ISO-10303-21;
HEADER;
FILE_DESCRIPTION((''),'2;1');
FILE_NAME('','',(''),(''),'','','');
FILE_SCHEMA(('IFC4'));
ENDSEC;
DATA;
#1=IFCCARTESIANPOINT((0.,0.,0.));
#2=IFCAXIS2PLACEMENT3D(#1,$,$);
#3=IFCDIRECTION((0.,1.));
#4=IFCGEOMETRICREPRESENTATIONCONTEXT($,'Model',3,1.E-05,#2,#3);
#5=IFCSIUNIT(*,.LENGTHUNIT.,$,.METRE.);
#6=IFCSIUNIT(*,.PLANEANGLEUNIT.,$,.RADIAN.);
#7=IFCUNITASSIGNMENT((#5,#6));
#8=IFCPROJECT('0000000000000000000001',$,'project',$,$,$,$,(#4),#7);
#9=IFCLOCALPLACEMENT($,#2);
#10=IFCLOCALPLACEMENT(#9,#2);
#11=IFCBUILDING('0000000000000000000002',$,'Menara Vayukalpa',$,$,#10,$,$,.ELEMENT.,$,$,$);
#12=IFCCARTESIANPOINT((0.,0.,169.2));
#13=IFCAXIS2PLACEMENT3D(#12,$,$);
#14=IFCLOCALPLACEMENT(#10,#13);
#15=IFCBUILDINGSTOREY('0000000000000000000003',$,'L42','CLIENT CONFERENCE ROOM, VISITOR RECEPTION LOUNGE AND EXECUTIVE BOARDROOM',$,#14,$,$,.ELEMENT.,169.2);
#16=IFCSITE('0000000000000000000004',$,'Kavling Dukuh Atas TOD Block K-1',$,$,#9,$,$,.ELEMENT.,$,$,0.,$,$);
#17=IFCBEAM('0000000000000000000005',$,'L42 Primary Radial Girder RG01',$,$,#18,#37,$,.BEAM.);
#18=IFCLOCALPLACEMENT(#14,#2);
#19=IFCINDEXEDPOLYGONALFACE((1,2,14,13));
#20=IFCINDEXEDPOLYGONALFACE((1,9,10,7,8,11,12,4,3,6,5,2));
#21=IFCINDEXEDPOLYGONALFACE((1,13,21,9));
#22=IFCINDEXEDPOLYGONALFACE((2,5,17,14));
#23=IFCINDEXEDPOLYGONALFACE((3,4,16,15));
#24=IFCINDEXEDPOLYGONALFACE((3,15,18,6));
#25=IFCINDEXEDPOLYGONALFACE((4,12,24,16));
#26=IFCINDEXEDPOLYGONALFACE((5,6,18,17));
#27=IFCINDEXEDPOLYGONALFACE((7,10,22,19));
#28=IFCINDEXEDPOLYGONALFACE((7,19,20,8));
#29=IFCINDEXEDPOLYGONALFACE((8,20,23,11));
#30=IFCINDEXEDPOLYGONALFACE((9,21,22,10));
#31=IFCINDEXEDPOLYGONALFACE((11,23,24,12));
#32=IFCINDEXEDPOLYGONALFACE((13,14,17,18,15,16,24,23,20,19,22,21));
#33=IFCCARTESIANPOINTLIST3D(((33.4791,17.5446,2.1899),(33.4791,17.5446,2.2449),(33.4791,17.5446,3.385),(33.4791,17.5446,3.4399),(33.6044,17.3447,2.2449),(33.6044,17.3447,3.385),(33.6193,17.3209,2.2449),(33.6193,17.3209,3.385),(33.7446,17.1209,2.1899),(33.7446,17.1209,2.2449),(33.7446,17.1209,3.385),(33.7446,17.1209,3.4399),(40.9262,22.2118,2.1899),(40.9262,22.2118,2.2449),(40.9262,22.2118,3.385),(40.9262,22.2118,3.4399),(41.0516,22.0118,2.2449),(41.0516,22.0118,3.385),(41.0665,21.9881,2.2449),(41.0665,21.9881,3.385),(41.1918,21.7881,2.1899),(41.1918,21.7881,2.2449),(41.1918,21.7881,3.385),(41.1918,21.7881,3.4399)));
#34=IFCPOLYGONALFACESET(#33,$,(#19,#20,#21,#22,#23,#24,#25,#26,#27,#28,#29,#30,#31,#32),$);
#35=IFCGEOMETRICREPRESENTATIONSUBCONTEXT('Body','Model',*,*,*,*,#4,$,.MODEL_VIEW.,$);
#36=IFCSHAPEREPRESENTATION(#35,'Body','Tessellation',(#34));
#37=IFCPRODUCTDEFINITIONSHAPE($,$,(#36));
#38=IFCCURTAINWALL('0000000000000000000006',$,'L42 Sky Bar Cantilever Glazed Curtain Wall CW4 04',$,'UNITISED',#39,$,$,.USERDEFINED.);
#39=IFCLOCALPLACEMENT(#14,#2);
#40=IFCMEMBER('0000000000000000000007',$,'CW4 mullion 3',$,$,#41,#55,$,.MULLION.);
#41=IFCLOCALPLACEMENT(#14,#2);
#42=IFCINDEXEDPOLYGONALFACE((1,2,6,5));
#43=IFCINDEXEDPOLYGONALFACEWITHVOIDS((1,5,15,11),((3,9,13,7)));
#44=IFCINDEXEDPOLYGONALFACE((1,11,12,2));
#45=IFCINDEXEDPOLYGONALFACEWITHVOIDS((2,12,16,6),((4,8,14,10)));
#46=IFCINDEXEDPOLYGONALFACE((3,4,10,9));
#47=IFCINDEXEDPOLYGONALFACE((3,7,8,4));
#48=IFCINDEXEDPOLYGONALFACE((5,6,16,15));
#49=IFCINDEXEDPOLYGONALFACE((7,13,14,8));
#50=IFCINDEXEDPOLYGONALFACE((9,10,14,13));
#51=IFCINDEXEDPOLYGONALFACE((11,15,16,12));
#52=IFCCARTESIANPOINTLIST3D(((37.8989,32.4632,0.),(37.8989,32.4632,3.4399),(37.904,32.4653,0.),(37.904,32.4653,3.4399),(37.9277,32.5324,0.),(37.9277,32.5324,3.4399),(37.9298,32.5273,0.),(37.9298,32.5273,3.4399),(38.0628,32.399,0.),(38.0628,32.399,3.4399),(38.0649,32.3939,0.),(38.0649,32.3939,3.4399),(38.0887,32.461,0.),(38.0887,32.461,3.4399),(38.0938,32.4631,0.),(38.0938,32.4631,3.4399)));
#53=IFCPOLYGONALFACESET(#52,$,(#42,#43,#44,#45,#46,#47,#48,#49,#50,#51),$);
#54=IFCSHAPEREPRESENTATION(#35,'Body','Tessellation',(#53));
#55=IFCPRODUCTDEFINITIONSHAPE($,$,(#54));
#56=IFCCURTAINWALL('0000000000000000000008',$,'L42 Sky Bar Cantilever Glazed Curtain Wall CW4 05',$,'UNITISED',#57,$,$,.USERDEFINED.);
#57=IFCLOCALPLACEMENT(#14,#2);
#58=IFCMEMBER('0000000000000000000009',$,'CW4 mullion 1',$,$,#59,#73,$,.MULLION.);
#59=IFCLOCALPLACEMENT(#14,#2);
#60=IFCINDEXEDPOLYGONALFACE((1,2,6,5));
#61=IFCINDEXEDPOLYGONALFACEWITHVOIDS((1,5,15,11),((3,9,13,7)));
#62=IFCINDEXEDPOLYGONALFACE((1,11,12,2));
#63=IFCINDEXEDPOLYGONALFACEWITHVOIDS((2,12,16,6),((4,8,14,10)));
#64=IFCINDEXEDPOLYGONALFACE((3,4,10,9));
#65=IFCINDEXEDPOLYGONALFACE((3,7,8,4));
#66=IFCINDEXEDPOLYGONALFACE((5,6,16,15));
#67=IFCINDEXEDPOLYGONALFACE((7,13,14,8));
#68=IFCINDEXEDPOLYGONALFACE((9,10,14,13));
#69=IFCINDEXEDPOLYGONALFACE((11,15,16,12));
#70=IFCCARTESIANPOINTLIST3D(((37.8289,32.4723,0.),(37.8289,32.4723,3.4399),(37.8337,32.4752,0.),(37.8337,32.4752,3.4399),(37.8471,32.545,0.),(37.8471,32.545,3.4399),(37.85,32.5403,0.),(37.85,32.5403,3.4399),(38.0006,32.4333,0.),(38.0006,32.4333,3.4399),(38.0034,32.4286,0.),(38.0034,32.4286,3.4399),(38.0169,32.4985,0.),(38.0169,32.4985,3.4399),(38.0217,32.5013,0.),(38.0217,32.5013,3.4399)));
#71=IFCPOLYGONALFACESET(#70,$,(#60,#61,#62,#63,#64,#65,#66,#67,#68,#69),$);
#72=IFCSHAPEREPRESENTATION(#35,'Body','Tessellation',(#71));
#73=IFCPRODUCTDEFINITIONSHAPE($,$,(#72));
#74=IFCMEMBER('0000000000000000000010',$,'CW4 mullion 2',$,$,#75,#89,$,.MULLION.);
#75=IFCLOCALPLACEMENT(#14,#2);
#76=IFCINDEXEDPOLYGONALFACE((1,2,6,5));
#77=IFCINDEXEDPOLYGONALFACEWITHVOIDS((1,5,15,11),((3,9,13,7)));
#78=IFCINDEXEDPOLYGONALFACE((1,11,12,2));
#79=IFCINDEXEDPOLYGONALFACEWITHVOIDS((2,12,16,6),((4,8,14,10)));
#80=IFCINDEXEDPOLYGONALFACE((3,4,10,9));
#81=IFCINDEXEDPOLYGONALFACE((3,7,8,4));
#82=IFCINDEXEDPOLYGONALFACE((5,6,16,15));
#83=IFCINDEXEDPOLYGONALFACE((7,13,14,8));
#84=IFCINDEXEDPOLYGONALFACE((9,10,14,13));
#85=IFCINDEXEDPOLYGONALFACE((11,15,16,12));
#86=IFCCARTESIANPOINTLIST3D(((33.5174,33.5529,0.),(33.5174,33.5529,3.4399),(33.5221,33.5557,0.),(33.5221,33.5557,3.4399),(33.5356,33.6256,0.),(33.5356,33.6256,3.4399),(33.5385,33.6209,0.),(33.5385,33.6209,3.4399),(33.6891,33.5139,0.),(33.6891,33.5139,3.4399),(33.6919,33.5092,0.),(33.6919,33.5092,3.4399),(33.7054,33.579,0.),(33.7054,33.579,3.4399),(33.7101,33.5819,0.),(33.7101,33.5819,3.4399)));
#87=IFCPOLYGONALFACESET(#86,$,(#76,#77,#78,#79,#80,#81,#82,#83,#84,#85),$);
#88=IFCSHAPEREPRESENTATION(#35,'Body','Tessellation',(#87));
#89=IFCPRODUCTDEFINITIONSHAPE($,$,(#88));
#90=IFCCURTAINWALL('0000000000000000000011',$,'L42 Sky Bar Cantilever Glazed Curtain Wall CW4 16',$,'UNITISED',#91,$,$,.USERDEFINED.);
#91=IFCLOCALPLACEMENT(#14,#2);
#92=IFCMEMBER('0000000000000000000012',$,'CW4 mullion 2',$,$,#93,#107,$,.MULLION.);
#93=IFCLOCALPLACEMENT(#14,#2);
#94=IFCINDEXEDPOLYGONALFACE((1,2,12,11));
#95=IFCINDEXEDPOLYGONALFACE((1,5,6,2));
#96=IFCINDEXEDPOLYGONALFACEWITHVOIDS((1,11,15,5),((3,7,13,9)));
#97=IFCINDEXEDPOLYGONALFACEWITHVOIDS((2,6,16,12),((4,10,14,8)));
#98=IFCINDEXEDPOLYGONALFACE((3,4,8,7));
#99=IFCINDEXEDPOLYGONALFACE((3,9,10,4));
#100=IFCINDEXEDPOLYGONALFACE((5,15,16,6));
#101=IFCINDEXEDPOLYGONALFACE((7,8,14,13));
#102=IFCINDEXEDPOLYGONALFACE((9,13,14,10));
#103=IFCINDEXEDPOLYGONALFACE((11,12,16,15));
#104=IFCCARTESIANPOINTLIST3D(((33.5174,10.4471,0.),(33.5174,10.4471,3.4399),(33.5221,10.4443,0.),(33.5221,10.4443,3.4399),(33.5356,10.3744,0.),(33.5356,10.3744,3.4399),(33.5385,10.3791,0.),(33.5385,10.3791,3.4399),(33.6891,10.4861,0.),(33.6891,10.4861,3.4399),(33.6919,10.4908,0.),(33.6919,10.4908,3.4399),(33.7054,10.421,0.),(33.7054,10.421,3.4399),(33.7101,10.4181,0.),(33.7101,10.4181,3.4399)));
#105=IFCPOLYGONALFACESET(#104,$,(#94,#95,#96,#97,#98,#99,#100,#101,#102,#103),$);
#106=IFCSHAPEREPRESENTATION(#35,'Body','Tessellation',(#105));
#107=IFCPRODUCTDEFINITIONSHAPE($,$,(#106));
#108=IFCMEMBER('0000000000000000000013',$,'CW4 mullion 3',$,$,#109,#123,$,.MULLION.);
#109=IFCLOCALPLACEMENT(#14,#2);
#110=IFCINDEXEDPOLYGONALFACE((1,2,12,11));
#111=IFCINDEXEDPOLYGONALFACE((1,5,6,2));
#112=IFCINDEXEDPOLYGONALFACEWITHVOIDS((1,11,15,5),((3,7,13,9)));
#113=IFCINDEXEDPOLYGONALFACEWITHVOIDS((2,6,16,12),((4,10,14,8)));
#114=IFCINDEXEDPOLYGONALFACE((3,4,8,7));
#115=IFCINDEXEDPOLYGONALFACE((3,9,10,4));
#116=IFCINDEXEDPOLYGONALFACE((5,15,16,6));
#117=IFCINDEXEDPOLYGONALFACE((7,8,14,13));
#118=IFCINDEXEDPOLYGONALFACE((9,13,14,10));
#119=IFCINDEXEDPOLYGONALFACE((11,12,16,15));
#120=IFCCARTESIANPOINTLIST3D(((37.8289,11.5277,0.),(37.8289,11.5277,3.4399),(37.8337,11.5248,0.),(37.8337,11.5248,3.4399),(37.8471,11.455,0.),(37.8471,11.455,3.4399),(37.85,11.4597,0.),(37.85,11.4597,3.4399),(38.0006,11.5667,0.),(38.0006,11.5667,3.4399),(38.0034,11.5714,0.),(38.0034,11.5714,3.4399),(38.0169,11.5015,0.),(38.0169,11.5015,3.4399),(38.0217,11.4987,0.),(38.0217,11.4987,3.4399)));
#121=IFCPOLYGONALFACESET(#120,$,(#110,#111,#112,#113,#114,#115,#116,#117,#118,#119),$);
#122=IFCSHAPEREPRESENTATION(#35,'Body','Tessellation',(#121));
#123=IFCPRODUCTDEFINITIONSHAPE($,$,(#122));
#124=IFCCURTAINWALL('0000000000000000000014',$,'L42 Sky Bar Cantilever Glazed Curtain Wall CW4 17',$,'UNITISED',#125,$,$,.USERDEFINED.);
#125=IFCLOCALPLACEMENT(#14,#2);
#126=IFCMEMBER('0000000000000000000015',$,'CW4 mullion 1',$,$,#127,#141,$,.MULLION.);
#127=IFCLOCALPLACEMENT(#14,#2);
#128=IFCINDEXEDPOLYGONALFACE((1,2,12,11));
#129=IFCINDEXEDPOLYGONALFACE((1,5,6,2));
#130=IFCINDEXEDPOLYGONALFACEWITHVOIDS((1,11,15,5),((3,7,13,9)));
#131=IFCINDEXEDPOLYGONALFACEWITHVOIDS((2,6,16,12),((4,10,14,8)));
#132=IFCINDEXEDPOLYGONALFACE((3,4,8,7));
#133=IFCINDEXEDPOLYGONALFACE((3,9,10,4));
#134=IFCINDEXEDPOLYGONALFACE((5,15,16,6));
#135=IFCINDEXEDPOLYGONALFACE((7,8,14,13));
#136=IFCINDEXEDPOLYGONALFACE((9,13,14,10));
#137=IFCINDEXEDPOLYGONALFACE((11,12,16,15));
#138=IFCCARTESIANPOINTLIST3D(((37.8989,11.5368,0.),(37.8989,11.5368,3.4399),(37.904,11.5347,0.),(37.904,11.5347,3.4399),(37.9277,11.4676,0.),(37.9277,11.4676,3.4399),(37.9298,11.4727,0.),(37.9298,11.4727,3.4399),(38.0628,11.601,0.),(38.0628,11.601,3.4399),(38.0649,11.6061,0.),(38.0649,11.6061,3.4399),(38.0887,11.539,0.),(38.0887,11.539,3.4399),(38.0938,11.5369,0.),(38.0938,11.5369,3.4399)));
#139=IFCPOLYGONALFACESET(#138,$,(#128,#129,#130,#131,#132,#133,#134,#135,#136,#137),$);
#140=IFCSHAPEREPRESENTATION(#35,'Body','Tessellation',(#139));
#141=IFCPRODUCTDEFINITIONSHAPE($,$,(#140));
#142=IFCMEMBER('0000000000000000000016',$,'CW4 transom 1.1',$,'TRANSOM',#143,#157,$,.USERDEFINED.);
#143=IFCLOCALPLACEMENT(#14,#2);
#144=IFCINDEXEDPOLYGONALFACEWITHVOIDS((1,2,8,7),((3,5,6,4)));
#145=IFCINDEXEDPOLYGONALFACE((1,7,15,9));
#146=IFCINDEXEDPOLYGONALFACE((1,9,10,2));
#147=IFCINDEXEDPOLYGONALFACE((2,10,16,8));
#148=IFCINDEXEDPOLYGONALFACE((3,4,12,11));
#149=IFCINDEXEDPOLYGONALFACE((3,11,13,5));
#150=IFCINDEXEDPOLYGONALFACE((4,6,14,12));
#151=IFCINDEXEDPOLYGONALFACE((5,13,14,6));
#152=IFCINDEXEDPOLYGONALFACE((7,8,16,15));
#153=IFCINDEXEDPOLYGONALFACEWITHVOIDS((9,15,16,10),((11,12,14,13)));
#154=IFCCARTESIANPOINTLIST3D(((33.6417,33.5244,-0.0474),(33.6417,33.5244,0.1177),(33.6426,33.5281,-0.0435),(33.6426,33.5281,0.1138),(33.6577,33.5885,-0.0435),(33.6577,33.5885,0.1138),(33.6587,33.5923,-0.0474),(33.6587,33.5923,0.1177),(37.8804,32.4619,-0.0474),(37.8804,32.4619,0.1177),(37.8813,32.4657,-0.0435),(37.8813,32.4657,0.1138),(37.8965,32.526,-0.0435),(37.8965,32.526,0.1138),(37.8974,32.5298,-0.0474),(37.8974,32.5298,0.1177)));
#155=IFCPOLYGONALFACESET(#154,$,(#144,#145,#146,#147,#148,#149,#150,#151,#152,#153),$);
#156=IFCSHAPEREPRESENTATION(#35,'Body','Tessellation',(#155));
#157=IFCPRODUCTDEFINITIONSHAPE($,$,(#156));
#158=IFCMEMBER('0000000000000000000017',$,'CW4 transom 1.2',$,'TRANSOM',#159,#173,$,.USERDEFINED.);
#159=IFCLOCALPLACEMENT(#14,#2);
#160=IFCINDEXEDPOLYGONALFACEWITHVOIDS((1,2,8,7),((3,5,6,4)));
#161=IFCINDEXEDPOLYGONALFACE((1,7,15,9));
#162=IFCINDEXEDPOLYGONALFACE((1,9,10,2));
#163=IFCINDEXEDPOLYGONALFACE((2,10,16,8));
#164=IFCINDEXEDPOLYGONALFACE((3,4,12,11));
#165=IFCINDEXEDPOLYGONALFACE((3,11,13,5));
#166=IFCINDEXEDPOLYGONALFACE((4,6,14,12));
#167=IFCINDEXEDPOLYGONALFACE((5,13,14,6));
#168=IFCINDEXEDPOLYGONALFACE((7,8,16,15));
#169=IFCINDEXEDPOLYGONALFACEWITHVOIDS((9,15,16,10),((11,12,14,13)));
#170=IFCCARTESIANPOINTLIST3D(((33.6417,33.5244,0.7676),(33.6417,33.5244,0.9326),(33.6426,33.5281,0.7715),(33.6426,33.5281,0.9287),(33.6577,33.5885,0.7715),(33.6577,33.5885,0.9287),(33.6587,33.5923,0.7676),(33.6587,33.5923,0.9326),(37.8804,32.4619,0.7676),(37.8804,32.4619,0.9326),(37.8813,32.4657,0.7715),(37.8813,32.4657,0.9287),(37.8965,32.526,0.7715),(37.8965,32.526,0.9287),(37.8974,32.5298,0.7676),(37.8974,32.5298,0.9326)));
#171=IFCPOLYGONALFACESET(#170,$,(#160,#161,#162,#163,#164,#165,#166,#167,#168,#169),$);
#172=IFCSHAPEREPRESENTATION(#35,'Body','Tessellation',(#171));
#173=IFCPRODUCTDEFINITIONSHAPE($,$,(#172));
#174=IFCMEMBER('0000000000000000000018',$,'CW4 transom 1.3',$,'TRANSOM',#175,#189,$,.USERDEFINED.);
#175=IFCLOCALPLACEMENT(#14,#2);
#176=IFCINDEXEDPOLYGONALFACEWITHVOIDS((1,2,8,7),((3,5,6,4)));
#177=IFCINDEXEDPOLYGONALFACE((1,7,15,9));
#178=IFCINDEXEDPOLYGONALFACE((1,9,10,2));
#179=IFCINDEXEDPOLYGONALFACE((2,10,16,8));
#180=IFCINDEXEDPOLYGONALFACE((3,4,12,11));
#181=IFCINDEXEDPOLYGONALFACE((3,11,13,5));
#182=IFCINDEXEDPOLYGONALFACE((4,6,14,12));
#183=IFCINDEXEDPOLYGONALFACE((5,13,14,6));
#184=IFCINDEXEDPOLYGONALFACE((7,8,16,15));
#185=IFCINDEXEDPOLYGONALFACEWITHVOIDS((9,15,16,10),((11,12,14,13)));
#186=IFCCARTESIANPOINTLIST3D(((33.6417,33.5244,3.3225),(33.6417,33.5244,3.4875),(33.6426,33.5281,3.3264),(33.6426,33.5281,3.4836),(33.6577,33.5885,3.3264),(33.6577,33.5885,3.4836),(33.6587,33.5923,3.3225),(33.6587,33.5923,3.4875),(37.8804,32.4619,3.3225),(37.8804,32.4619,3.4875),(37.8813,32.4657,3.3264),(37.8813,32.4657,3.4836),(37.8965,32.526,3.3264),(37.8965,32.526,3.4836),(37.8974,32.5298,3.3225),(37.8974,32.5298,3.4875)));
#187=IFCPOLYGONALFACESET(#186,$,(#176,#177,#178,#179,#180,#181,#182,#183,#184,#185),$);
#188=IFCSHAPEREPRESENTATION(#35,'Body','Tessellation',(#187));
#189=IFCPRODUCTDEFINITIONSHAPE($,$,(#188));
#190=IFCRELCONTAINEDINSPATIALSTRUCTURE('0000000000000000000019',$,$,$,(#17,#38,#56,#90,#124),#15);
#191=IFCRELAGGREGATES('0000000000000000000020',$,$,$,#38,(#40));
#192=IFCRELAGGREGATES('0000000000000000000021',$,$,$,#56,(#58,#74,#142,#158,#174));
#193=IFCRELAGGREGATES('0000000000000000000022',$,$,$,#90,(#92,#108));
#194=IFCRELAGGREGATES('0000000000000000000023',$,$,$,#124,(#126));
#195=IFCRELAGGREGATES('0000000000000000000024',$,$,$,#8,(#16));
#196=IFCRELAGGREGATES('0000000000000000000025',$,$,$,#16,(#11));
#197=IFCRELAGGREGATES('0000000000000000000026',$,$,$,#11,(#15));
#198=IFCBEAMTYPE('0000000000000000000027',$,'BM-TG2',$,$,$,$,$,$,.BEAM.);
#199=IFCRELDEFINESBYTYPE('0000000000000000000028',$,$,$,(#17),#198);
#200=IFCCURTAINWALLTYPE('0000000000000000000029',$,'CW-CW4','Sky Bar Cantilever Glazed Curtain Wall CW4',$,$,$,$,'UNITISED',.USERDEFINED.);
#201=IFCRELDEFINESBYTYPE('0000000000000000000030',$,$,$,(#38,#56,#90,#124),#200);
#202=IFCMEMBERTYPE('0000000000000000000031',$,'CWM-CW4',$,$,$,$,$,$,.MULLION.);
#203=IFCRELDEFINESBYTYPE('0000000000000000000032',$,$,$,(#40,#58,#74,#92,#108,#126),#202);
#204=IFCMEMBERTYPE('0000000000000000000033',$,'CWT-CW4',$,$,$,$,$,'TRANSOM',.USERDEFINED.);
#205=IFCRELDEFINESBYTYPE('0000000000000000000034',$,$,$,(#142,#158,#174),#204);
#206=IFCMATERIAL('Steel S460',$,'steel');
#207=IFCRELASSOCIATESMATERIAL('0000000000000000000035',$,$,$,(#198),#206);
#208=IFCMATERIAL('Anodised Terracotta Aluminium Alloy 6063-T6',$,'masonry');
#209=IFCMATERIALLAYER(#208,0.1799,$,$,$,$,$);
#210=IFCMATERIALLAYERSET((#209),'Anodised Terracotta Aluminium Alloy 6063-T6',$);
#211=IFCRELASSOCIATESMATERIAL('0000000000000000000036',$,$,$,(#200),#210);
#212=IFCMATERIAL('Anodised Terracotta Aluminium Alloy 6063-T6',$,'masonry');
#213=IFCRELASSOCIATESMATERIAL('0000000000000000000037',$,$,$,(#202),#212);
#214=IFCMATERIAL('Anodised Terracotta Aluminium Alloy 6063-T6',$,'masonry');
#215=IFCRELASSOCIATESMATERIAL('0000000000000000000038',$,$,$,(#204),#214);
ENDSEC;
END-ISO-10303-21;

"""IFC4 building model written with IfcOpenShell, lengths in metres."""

from ifc_helpers import new_model, si_unit, direction, frame, origin, origin_2d, place, context, subcontext, project, spatial, hollow_rectangle, i_section, extrude, material, layer, layer_set, material_profile, profile_set, type_object, element, aggregate, save


model = new_model("IFC4")

# Units and contexts
model_context = context("Model", 3, precision=1e-05, world=origin(), true_north=direction((0.0, 1.0)))
body_context = subcontext(model_context, "Body", "Model", "MODEL_VIEW")
ifc_project = project(units=[si_unit("LENGTHUNIT", "METRE"), si_unit("PLANEANGLEUNIT", "RADIAN")], contexts=[model_context])

# Site, building, storey
site_placement = place(None, origin())
site = spatial("IfcSite", under=ifc_project, at=site_placement, Name="Kavling Dukuh Atas TOD Block K-1", CompositionType="ELEMENT", RefElevation=0.0)
building_placement = place(site_placement, origin())
building = spatial("IfcBuilding", under=site, at=building_placement, Name="Menara Vayukalpa", CompositionType="ELEMENT")
storey_placement = place(building_placement, frame((0.0, 0.0, 169.2)))
storey = spatial("IfcBuildingStorey", under=building, at=storey_placement, Name="L42", Description="CLIENT CONFERENCE ROOM, VISITOR RECEPTION LOUNGE AND EXECUTIVE BOARDROOM", CompositionType="ELEMENT", Elevation=169.2)

# Beam
ifc_material_1 = material(Name="Steel S460", Category="steel")
ifc_material_profile_1 = material_profile(ifc_material_1, i_section(OverallWidth=0.5, OverallDepth=1.25, WebThickness=0.0281, FlangeThickness=0.0549, at=origin_2d()), Name="WG 1250x500x28x55")
ifc_profile_set_1 = profile_set([ifc_material_profile_1], Name="Steel S460")
beam_type = type_object("IfcBeamType", Name="BM-TG2", PredefinedType="BEAM", material=ifc_profile_set_1)
beam_placement = place(storey_placement, frame((33.6118, 17.3328, 2.8149), z_axis=(0.847348, 0.531037, 0.0), x_axis=(-0.531037, 0.847348, 0.0)))
element("IfcBeam", 1, at=beam_placement, inside=storey, type_object=beam_type, Name="L42 Primary Radial Girder RG01", PredefinedType="BEAM", context=body_context, shape_type="SweptSolid", body=[
    extrude(i_section(OverallWidth=0.5, OverallDepth=1.25, WebThickness=0.0281, FlangeThickness=0.0549, at=origin_2d()), origin(), (0.0, 0.0, 1.0), 8.7888),
])

# Curtain wall, member
ifc_material_2 = material(Name="Anodised Terracotta Aluminium Alloy 6063-T6", Category="masonry")
ifc_layer_1 = layer(ifc_material_2, 0.1799)
ifc_layer_set_1 = layer_set([ifc_layer_1], Name="Anodised Terracotta Aluminium Alloy 6063-T6")
curtain_wall_type = type_object("IfcCurtainWallType", Name="CW-CW4", Description="Sky Bar Cantilever Glazed Curtain Wall CW4", ElementType="UNITISED", PredefinedType="USERDEFINED", material=ifc_layer_set_1)
curtain_wall_1_placement = place(storey_placement, origin())
curtain_wall_1 = element("IfcCurtainWall", 2, at=curtain_wall_1_placement, inside=storey, type_object=curtain_wall_type, Name="L42 Sky Bar Cantilever Glazed Curtain Wall CW4 04", ObjectType="UNITISED", PredefinedType="USERDEFINED")
ifc_material_3 = material(Name="Anodised Terracotta Aluminium Alloy 6063-T6", Category="masonry")
ifc_material_profile_2 = material_profile(ifc_material_3, hollow_rectangle(XDim=0.075, YDim=0.1799, WallThickness=0.0039, at=origin_2d()), Name="ALU 75x180x4")
ifc_profile_set_2 = profile_set([ifc_material_profile_2], Name="Anodised Terracotta Aluminium Alloy 6063-T6")
member_type_1 = type_object("IfcMemberType", Name="CWM-CW4", PredefinedType="MULLION", material=ifc_profile_set_2)
member_1_placement = place(storey_placement, frame((37.9963, 32.4631, 0.0), z_axis=(0.0, 0.0, 1.0), x_axis=(-0.385091, -0.922878, 0.0)))
member_1 = element("IfcMember", 3, at=member_1_placement, type_object=member_type_1, Name="CW4 mullion 3", PredefinedType="MULLION", context=body_context, shape_type="SweptSolid", body=[
    extrude(hollow_rectangle(XDim=0.075, YDim=0.1799, WallThickness=0.0039, at=origin_2d()), origin(), (0.0, 0.0, 1.0), 3.4399),
])

# Curtain walls, members
curtain_wall_2_placement = place(storey_placement, origin())
curtain_wall_2 = element("IfcCurtainWall", 4, at=curtain_wall_2_placement, inside=storey, type_object=curtain_wall_type, Name="L42 Sky Bar Cantilever Glazed Curtain Wall CW4 05", ObjectType="UNITISED", PredefinedType="USERDEFINED")
member_2_placement = place(storey_placement, frame((37.9253, 32.4868, 0.0), z_axis=(0.0, 0.0, 1.0), x_axis=(-0.243113, -0.969998, 0.0)))
member_2 = element("IfcMember", 5, at=member_2_placement, type_object=member_type_1, Name="CW4 mullion 1", PredefinedType="MULLION", context=body_context, shape_type="SweptSolid", body=[
    extrude(hollow_rectangle(XDim=0.075, YDim=0.1799, WallThickness=0.0039, at=origin_2d()), origin(), (0.0, 0.0, 1.0), 3.4399),
])
member_3_placement = place(storey_placement, frame((33.6138, 33.5674, 0.0), z_axis=(0.0, 0.0, 1.0), x_axis=(-0.243113, -0.969998, 0.0)))
member_3 = element("IfcMember", 6, at=member_3_placement, type_object=member_type_1, Name="CW4 mullion 2", PredefinedType="MULLION", context=body_context, shape_type="SweptSolid", body=[
    extrude(hollow_rectangle(XDim=0.075, YDim=0.1799, WallThickness=0.0039, at=origin_2d()), origin(), (0.0, 0.0, 1.0), 3.4399),
])
curtain_wall_3_placement = place(storey_placement, origin())
curtain_wall_3 = element("IfcCurtainWall", 7, at=curtain_wall_3_placement, inside=storey, type_object=curtain_wall_type, Name="L42 Sky Bar Cantilever Glazed Curtain Wall CW4 16", ObjectType="UNITISED", PredefinedType="USERDEFINED")
member_4_placement = place(storey_placement, frame((33.6138, 10.4326, 0.0), z_axis=(0.0, 0.0, 1.0), x_axis=(-0.243113, 0.969998, 0.0)))
member_4 = element("IfcMember", 8, at=member_4_placement, type_object=member_type_1, Name="CW4 mullion 2", PredefinedType="MULLION", context=body_context, shape_type="SweptSolid", body=[
    extrude(hollow_rectangle(XDim=0.075, YDim=0.1799, WallThickness=0.0039, at=origin_2d()), origin(), (0.0, 0.0, 1.0), 3.4399),
])
member_5_placement = place(storey_placement, frame((37.9253, 11.5132, 0.0), z_axis=(0.0, 0.0, 1.0), x_axis=(-0.243113, 0.969998, 0.0)))
member_5 = element("IfcMember", 9, at=member_5_placement, type_object=member_type_1, Name="CW4 mullion 3", PredefinedType="MULLION", context=body_context, shape_type="SweptSolid", body=[
    extrude(hollow_rectangle(XDim=0.075, YDim=0.1799, WallThickness=0.0039, at=origin_2d()), origin(), (0.0, 0.0, 1.0), 3.4399),
])

# Curtain wall, member
curtain_wall_4_placement = place(storey_placement, origin())
curtain_wall_4 = element("IfcCurtainWall", 10, at=curtain_wall_4_placement, inside=storey, type_object=curtain_wall_type, Name="L42 Sky Bar Cantilever Glazed Curtain Wall CW4 17", ObjectType="UNITISED", PredefinedType="USERDEFINED")
member_6_placement = place(storey_placement, frame((37.9963, 11.5369, 0.0), z_axis=(0.0, 0.0, 1.0), x_axis=(-0.385091, 0.922878, 0.0)))
member_6 = element("IfcMember", 11, at=member_6_placement, type_object=member_type_1, Name="CW4 mullion 1", PredefinedType="MULLION", context=body_context, shape_type="SweptSolid", body=[
    extrude(hollow_rectangle(XDim=0.075, YDim=0.1799, WallThickness=0.0039, at=origin_2d()), origin(), (0.0, 0.0, 1.0), 3.4399),
])

# Members
ifc_material_4 = material(Name="Anodised Terracotta Aluminium Alloy 6063-T6", Category="masonry")
ifc_material_profile_3 = material_profile(ifc_material_4, hollow_rectangle(XDim=0.0701, YDim=0.165, WallThickness=0.0039, at=origin_2d()), Name="ALU 70x165x4")
ifc_profile_set_3 = profile_set([ifc_material_profile_3], Name="Anodised Terracotta Aluminium Alloy 6063-T6")
member_type_2 = type_object("IfcMemberType", Name="CWT-CW4", ElementType="TRANSOM", PredefinedType="USERDEFINED", material=ifc_profile_set_3)
member_7_placement = place(storey_placement, frame((37.8889, 32.4958, 0.0352), z_axis=(-0.969991, 0.24314, 0.0), x_axis=(-0.24314, -0.969991, 0.0)))
member_7 = element("IfcMember", 12, at=member_7_placement, type_object=member_type_2, Name="CW4 transom 1.1", ObjectType="TRANSOM", PredefinedType="USERDEFINED", context=body_context, shape_type="SweptSolid", body=[
    extrude(hollow_rectangle(XDim=0.0701, YDim=0.165, WallThickness=0.0039, at=origin_2d()), origin(), (0.0, 0.0, 1.0), 4.3699),
])
member_8_placement = place(storey_placement, frame((37.8889, 32.4958, 0.8501), z_axis=(-0.969991, 0.24314, 0.0), x_axis=(-0.24314, -0.969991, 0.0)))
member_8 = element("IfcMember", 13, at=member_8_placement, type_object=member_type_2, Name="CW4 transom 1.2", ObjectType="TRANSOM", PredefinedType="USERDEFINED", context=body_context, shape_type="SweptSolid", body=[
    extrude(hollow_rectangle(XDim=0.0701, YDim=0.165, WallThickness=0.0039, at=origin_2d()), origin(), (0.0, 0.0, 1.0), 4.3699),
])
member_9_placement = place(storey_placement, frame((37.8889, 32.4958, 3.405), z_axis=(-0.969991, 0.24314, 0.0), x_axis=(-0.24314, -0.969991, 0.0)))
member_9 = element("IfcMember", 14, at=member_9_placement, type_object=member_type_2, Name="CW4 transom 1.3", ObjectType="TRANSOM", PredefinedType="USERDEFINED", context=body_context, shape_type="SweptSolid", body=[
    extrude(hollow_rectangle(XDim=0.0701, YDim=0.165, WallThickness=0.0039, at=origin_2d()), origin(), (0.0, 0.0, 1.0), 4.3699),
])

aggregate(curtain_wall_1, [member_1])
aggregate(curtain_wall_2, [member_2, member_3, member_7, member_8, member_9])
aggregate(curtain_wall_3, [member_4, member_5])
aggregate(curtain_wall_4, [member_6])

save(model, "model.ifc")
